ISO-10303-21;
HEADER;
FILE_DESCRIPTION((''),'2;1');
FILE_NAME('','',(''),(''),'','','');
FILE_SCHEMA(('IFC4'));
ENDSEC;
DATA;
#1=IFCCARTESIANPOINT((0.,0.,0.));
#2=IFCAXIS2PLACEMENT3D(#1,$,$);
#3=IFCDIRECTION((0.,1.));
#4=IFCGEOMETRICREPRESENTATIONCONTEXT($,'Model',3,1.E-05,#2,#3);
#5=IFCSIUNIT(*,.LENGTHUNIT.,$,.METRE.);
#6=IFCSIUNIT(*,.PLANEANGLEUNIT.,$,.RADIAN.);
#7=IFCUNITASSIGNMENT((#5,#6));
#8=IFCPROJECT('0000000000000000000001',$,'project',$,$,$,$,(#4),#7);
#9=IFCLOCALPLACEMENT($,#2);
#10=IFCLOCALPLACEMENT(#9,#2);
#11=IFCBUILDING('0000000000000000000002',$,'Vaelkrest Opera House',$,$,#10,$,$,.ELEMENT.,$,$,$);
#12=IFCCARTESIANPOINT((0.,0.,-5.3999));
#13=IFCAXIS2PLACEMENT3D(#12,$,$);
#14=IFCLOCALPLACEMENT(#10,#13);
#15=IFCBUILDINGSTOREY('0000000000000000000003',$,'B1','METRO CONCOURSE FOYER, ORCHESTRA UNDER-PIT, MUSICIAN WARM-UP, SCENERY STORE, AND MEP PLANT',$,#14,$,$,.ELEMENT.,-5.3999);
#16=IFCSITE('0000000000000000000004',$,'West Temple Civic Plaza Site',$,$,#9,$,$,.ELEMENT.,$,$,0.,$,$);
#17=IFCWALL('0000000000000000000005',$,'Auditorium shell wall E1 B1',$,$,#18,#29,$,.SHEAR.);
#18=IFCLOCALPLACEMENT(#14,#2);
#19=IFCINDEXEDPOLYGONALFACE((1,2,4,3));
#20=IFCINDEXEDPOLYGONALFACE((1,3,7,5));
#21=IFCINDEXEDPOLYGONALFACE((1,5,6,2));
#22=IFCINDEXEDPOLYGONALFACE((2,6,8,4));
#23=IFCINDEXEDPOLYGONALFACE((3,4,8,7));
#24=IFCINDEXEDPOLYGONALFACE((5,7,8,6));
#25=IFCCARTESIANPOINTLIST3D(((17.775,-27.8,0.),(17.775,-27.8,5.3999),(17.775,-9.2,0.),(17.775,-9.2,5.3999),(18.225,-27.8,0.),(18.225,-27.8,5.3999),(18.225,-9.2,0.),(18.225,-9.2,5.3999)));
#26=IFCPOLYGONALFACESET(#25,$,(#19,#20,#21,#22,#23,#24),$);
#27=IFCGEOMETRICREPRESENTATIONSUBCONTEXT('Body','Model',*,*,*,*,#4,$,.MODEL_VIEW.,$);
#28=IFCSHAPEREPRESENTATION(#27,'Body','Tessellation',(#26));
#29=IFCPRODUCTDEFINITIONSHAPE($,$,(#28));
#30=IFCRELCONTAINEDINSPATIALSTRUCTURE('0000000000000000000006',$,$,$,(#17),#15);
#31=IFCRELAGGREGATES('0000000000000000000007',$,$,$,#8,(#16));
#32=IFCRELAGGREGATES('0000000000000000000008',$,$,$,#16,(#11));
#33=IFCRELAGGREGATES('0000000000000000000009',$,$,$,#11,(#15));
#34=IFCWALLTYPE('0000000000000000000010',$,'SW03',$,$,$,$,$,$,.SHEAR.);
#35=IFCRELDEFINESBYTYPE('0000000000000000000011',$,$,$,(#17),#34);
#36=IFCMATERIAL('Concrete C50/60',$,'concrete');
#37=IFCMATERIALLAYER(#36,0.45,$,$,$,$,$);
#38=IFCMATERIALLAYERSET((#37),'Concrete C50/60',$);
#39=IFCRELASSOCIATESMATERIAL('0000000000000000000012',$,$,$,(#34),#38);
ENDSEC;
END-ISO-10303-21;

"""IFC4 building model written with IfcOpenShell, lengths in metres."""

from ifc_helpers import new_model, si_unit, direction, frame, frame_2d, origin, place, context, subcontext, project, spatial, rectangle, extrude, material, layer, layer_set, type_object, element, save


model = new_model("IFC4")

# Units and contexts
model_context = context("Model", 3, precision=1e-05, world=origin(), true_north=direction((0.0, 1.0)))
body_context = subcontext(model_context, "Body", "Model", "MODEL_VIEW")
ifc_project = project(units=[si_unit("LENGTHUNIT", "METRE"), si_unit("PLANEANGLEUNIT", "RADIAN")], contexts=[model_context])

# Site, building, storey
site_placement = place(None, origin())
site = spatial("IfcSite", under=ifc_project, at=site_placement, Name="West Temple Civic Plaza Site", CompositionType="ELEMENT", RefElevation=0.0)
building_placement = place(site_placement, origin())
building = spatial("IfcBuilding", under=site, at=building_placement, Name="Vaelkrest Opera House", CompositionType="ELEMENT")
storey_placement = place(building_placement, frame((0.0, 0.0, -5.3999)))
storey = spatial("IfcBuildingStorey", under=building, at=storey_placement, Name="B1", Description="METRO CONCOURSE FOYER, ORCHESTRA UNDER-PIT, MUSICIAN WARM-UP, SCENERY STORE, AND MEP PLANT", CompositionType="ELEMENT", Elevation=-5.3999)

# Shared definitions
ifc_material_1 = material(Name="Concrete C50/60", Category="concrete")

# Wall
ifc_layer_1 = layer(ifc_material_1, 0.45)
ifc_layer_set_1 = layer_set([ifc_layer_1], Name="Concrete C50/60")
wall_type_1 = type_object("IfcWallType", Name="SW03", PredefinedType="SHEAR", material=ifc_layer_set_1)
wall_1_placement = place(storey_placement, frame((18.0, -27.8, 0.0), z_axis=(0.0, 0.0, 1.0), x_axis=(0.0, 1.0, 0.0)))
element("IfcWall", 1, at=wall_1_placement, inside=storey, type_object=wall_type_1, Name="Auditorium shell wall E1 B1", PredefinedType="SHEAR", context=body_context, shape_type="SweptSolid", body=[
    extrude(rectangle(XDim=18.6001, YDim=0.45, at=frame_2d((9.3, 0.0))), origin(), (0.0, 0.0, 1.0), 5.3999),
])

save(model, "model.ifc")
